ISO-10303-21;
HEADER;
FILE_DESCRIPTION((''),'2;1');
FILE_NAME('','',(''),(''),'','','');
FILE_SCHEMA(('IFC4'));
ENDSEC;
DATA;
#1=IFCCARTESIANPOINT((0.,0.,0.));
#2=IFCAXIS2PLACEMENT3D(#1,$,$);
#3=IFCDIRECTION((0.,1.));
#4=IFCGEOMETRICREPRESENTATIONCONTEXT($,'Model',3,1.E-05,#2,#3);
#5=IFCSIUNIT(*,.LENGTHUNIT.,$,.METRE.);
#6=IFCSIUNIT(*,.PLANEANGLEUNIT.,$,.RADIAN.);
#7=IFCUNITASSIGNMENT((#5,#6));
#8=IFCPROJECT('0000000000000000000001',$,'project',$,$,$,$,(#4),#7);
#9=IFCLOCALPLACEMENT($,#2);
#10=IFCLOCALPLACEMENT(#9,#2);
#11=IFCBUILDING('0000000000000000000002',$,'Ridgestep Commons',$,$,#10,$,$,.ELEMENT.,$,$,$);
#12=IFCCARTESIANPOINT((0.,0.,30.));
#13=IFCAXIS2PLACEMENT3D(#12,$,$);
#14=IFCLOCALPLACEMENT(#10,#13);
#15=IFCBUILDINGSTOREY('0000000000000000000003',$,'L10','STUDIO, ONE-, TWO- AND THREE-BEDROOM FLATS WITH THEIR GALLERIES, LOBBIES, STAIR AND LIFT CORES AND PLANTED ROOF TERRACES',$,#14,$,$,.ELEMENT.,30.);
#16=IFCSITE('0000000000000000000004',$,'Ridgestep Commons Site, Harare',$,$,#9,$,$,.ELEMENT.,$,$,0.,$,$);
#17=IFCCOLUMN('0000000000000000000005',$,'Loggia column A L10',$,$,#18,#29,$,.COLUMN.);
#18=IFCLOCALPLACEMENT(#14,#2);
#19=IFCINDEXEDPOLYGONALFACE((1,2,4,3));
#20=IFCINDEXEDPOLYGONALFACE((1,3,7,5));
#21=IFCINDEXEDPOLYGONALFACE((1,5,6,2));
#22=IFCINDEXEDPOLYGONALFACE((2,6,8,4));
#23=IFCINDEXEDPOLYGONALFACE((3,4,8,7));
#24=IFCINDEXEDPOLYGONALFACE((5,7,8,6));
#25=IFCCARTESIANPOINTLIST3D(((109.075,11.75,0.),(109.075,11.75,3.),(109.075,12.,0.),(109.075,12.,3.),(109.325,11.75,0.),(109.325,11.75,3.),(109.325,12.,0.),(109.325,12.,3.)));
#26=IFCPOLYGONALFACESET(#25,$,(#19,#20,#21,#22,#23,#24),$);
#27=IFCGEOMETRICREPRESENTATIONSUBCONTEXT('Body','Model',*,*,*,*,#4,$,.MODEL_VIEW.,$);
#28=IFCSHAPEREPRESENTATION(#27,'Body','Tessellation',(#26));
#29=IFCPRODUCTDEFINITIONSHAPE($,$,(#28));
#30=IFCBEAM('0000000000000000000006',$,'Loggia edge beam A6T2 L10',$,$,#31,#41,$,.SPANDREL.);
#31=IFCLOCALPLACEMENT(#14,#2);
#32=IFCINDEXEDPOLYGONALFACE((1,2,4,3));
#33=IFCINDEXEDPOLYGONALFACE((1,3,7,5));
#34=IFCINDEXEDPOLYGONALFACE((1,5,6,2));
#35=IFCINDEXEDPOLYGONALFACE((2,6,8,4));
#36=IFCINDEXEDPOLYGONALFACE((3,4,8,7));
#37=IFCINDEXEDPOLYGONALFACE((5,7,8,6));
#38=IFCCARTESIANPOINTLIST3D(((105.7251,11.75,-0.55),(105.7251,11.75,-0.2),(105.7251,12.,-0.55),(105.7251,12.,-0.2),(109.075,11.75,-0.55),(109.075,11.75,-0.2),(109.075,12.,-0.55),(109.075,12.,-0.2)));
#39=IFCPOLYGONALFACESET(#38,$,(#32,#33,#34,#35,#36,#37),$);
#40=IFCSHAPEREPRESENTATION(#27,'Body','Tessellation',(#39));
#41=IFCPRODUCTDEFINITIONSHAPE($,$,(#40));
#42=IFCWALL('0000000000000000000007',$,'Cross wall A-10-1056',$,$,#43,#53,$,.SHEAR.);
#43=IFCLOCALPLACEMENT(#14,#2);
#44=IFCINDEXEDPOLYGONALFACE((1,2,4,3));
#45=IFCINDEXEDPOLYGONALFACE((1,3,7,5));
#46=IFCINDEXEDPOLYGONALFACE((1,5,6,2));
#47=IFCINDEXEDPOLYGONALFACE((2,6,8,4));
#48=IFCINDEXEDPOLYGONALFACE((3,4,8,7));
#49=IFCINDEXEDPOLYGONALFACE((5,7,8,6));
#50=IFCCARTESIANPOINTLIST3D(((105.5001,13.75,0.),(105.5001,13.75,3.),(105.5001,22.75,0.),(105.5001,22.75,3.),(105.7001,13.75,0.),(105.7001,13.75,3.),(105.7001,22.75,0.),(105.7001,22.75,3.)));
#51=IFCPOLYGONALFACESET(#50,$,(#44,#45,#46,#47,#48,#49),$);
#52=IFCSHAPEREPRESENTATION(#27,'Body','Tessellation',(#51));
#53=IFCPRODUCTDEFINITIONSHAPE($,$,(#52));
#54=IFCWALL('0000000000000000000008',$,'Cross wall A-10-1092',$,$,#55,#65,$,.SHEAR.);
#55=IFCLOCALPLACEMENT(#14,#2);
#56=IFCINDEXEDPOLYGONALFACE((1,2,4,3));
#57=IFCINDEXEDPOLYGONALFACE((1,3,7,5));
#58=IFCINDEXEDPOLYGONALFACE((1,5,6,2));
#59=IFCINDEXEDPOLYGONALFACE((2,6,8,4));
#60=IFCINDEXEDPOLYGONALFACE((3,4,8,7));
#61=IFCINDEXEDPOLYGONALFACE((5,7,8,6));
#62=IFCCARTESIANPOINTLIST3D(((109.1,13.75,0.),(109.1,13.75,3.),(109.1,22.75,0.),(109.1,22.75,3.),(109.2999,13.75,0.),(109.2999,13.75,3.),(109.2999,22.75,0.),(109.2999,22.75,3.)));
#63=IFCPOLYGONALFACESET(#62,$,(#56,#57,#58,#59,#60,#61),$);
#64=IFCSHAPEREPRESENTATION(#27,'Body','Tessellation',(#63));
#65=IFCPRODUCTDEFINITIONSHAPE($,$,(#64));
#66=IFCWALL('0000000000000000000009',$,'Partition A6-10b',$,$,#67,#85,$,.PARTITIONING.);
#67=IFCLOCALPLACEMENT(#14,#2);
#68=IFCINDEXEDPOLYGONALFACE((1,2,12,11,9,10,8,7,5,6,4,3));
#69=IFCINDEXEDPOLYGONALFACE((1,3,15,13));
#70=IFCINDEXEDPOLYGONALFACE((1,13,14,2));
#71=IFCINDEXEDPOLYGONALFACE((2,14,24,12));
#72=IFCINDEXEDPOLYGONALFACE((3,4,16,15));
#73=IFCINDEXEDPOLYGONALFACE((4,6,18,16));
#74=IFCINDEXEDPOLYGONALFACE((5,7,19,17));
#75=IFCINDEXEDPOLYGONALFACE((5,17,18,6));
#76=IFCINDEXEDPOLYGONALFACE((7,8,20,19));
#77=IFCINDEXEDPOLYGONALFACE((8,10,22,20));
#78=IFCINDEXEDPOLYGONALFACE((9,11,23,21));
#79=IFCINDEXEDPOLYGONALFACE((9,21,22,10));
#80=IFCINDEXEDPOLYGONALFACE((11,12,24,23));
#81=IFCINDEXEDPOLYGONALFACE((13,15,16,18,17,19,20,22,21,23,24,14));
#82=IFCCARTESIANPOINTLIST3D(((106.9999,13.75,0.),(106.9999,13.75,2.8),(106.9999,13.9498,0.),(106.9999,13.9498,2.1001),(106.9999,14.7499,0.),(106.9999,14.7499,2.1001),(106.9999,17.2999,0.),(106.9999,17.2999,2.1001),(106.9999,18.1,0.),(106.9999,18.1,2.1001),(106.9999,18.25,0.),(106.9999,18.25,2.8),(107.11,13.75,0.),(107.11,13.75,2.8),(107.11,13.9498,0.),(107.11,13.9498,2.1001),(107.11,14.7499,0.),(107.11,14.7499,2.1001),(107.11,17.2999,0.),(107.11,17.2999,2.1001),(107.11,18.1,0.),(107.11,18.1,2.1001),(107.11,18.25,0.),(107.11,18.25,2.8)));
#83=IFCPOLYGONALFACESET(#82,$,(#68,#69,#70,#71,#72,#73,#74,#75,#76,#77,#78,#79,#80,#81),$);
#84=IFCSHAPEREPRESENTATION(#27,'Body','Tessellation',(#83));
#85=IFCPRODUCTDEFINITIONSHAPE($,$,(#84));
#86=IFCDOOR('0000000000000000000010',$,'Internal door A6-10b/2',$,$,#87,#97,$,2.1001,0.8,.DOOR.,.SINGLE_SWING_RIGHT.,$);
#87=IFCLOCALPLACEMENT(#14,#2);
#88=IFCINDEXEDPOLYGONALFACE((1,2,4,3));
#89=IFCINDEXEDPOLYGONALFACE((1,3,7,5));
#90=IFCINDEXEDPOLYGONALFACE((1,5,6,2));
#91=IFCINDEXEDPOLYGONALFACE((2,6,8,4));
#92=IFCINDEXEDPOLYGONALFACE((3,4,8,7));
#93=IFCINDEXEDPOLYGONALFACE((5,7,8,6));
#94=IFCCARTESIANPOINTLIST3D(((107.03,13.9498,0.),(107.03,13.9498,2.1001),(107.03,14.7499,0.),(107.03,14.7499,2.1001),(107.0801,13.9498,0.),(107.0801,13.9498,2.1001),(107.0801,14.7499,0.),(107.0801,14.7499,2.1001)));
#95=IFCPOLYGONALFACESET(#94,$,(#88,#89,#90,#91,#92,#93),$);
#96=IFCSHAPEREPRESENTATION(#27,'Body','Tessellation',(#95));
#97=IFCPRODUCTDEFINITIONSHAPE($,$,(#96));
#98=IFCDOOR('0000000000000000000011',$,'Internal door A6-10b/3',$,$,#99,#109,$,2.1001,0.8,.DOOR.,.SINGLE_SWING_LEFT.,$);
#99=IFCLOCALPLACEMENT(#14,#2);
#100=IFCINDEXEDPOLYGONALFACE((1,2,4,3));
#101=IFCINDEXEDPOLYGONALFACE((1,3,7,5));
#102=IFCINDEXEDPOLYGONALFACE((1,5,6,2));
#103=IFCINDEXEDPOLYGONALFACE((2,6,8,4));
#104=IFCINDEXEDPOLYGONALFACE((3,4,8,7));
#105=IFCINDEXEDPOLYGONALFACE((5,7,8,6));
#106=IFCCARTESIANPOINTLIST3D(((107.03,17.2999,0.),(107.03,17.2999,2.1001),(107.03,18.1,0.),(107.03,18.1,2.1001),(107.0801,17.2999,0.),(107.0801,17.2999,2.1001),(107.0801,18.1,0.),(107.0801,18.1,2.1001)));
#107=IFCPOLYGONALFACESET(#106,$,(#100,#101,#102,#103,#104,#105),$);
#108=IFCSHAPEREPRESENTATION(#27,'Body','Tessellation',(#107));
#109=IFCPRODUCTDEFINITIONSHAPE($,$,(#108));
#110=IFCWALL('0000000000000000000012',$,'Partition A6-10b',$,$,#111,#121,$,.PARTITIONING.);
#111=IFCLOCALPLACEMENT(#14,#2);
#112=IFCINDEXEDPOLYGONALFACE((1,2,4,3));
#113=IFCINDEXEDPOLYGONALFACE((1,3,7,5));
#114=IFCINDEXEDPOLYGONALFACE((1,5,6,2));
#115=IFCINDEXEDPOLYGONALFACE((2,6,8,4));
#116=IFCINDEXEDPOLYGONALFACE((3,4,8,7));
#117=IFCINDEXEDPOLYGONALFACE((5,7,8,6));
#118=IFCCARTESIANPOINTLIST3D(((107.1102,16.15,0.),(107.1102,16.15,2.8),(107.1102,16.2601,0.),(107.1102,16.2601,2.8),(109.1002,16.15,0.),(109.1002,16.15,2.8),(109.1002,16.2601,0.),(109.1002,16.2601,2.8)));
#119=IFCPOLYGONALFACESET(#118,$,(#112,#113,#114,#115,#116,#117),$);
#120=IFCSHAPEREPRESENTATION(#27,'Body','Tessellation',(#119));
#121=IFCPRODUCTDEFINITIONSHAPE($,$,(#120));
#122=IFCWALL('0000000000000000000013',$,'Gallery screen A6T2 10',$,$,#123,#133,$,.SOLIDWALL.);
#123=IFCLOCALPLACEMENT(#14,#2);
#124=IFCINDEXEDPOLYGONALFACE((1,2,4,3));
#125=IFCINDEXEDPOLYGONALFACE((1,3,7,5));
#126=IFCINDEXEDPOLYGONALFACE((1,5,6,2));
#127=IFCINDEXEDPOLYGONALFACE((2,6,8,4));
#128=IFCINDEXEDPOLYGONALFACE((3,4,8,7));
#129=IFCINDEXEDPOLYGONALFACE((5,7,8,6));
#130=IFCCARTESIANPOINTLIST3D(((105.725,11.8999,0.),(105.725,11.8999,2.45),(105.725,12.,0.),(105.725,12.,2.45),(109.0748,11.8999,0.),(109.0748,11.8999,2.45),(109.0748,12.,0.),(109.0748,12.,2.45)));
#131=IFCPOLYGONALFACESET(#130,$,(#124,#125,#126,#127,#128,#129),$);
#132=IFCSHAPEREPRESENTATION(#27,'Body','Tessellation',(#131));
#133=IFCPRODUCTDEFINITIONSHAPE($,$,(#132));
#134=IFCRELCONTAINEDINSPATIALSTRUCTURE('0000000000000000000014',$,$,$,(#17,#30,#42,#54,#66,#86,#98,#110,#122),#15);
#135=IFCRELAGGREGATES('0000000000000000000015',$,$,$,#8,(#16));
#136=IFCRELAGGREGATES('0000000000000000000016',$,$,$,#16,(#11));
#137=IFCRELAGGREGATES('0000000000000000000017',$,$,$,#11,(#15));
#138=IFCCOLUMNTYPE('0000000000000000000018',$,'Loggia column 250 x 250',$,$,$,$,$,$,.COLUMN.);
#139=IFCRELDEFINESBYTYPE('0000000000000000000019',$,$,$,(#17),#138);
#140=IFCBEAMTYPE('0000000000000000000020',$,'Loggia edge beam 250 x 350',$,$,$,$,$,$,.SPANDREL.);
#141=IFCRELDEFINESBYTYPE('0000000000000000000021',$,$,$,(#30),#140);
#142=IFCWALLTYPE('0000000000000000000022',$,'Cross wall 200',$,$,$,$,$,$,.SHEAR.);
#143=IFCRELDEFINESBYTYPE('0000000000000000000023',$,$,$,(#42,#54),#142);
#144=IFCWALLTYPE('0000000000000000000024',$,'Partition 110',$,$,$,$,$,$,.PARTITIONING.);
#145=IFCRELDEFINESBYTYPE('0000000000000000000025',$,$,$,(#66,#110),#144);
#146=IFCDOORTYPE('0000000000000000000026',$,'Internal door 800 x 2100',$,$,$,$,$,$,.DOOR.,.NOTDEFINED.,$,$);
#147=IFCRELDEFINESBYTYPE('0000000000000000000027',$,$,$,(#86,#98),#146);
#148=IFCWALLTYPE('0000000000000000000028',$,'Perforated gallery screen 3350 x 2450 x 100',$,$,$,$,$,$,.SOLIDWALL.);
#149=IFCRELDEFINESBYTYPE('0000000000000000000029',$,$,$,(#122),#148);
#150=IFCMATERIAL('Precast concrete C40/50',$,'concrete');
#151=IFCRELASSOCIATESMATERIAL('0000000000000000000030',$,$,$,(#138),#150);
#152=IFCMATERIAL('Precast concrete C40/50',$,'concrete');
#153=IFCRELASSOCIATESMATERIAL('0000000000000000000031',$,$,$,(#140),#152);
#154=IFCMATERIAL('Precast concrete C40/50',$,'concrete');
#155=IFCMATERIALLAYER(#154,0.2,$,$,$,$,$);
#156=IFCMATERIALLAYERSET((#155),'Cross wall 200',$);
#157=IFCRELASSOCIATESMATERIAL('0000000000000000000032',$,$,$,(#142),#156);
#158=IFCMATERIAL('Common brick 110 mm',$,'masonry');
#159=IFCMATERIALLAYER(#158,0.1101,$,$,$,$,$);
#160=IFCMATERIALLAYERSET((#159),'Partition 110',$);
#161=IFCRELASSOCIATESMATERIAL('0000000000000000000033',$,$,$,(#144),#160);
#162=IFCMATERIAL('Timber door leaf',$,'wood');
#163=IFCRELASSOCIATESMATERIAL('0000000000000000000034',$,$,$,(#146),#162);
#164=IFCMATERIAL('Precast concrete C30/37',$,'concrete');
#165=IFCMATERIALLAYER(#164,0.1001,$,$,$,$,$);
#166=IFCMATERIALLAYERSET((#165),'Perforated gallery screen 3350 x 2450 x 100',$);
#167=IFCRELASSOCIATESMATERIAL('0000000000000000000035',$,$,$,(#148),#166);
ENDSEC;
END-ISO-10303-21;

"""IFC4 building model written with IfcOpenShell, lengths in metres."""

from ifc_helpers import new_model, si_unit, direction, frame, frame_2d, origin, origin_2d, place, context, subcontext, project, spatial, rectangle, extrude, material, layer, layer_set, material_profile, profile_set, type_object, element, fill, save


model = new_model("IFC4")

# Units and contexts
model_context = context("Model", 3, precision=1e-05, world=origin(), true_north=direction((0.0, 1.0)))
body_context = subcontext(model_context, "Body", "Model", "MODEL_VIEW")
ifc_project = project(units=[si_unit("LENGTHUNIT", "METRE"), si_unit("PLANEANGLEUNIT", "RADIAN")], contexts=[model_context])

# Site, building, storey
site_placement = place(None, origin())
site = spatial("IfcSite", under=ifc_project, at=site_placement, Name="Ridgestep Commons Site, Harare", CompositionType="ELEMENT", RefElevation=0.0)
building_placement = place(site_placement, origin())
building = spatial("IfcBuilding", under=site, at=building_placement, Name="Ridgestep Commons", CompositionType="ELEMENT")
storey_placement = place(building_placement, frame((0.0, 0.0, 30.0)))
storey = spatial("IfcBuildingStorey", under=building, at=storey_placement, Name="L10", Description="STUDIO, ONE-, TWO- AND THREE-BEDROOM FLATS WITH THEIR GALLERIES, LOBBIES, STAIR AND LIFT CORES AND PLANTED ROOF TERRACES", CompositionType="ELEMENT", Elevation=30.0)

# Column
ifc_material_1 = material(Name="Precast concrete C40/50", Category="concrete")
ifc_material_profile_1 = material_profile(ifc_material_1, rectangle(XDim=0.25, YDim=0.25, at=origin_2d()), Name="PC 250x250")
ifc_profile_set_1 = profile_set([ifc_material_profile_1], Name="Precast concrete C40/50")
column_type = type_object("IfcColumnType", Name="Loggia column 250 x 250", PredefinedType="COLUMN", material=ifc_profile_set_1)
column_placement = place(storey_placement, frame((109.2, 11.875, 0.0), z_axis=(0.0, 0.0, 1.0), x_axis=(1.0, 0.0, 0.0)))
element("IfcColumn", 1, at=column_placement, inside=storey, type_object=column_type, Name="Loggia column A L10", PredefinedType="COLUMN", context=body_context, shape_type="SweptSolid", body=[
    extrude(rectangle(XDim=0.25, YDim=0.25, at=origin_2d()), origin(), (0.0, 0.0, 1.0), 3.0),
])

# Beam
ifc_material_2 = material(Name="Precast concrete C40/50", Category="concrete")
ifc_material_profile_2 = material_profile(ifc_material_2, rectangle(XDim=0.25, YDim=0.3501, at=origin_2d()), Name="PC 250x350")
ifc_profile_set_2 = profile_set([ifc_material_profile_2], Name="Precast concrete C40/50")
beam_type = type_object("IfcBeamType", Name="Loggia edge beam 250 x 350", PredefinedType="SPANDREL", material=ifc_profile_set_2)
beam_placement = place(storey_placement, frame((105.7251, 11.875, -0.375), z_axis=(1.0, 0.0, 0.0), x_axis=(0.0, 1.0, 0.0)))
element("IfcBeam", 2, at=beam_placement, inside=storey, type_object=beam_type, Name="Loggia edge beam A6T2 L10", PredefinedType="SPANDREL", context=body_context, shape_type="SweptSolid", body=[
    extrude(rectangle(XDim=0.25, YDim=0.3501, at=origin_2d()), origin(), (0.0, 0.0, 1.0), 3.3499),
])

# Walls
ifc_material_3 = material(Name="Precast concrete C40/50", Category="concrete")
ifc_layer_1 = layer(ifc_material_3, 0.2)
ifc_layer_set_1 = layer_set([ifc_layer_1], Name="Cross wall 200")
wall_type_1 = type_object("IfcWallType", Name="Cross wall 200", PredefinedType="SHEAR", material=ifc_layer_set_1)
for number, where, z_axis, x_axis, name in (
    (3, (105.6001, 13.75, 0.0), (0.0, 0.0, 1.0), (0.0, 1.0, 0.0), "Cross wall A-10-1056"),
    (4, (109.2, 13.75, 0.0), (0.0, 0.0, 1.0), (0.0, 1.0, 0.0), "Cross wall A-10-1092"),
):
    element("IfcWall", number, at=place(storey_placement, frame(where, z_axis=z_axis, x_axis=x_axis)), inside=storey, type_object=wall_type_1, Name=name, PredefinedType="SHEAR", context=body_context, shape_type="SweptSolid", body=[
        extrude(rectangle(XDim=9.0, YDim=0.2, at=frame_2d((4.5, 0.0))), origin(), (0.0, 0.0, 1.0), 3.0),
    ])

# Wall, openings, doors
ifc_material_4 = material(Name="Common brick 110 mm", Category="masonry")
ifc_layer_2 = layer(ifc_material_4, 0.1101)
ifc_layer_set_2 = layer_set([ifc_layer_2], Name="Partition 110")
wall_type_2 = type_object("IfcWallType", Name="Partition 110", PredefinedType="PARTITIONING", material=ifc_layer_set_2)
wall_1_placement = place(storey_placement, frame((107.0549, 13.75, 0.0), z_axis=(0.0, 0.0, 1.0), x_axis=(0.0, 1.0, 0.0)))
wall_1 = element("IfcWall", 5, at=wall_1_placement, inside=storey, type_object=wall_type_2, Name="Partition A6-10b", PredefinedType="PARTITIONING", context=body_context, shape_type="SweptSolid", body=[
    extrude(rectangle(XDim=4.5, YDim=0.1101, at=frame_2d((2.25, 0.0))), origin(), (0.0, 0.0, 1.0), 2.8),
])
opening_1_placement = place(wall_1_placement, frame((0.2, 0.0, 0.0)))
opening_1 = element("IfcOpeningElement", 6, at=opening_1_placement, cuts=wall_1, PredefinedType="OPENING", context=body_context, shape_type="SweptSolid", body=[
    extrude(rectangle(XDim=0.8, YDim=2.1001, at=frame_2d((0.3999, 1.05))), frame((0.0, 0.0649, 0.0), z_axis=(0.0, -1.0, 0.0), x_axis=(1.0, 0.0, 0.0)), (0.0, 0.0, 1.0), 0.1301),
])
opening_2_placement = place(wall_1_placement, frame((3.55, 0.0, 0.0)))
opening_2 = element("IfcOpeningElement", 7, at=opening_2_placement, cuts=wall_1, PredefinedType="OPENING", context=body_context, shape_type="SweptSolid", body=[
    extrude(rectangle(XDim=0.8, YDim=2.1001, at=frame_2d((0.3999, 1.05))), frame((0.0, 0.0649, 0.0), z_axis=(0.0, -1.0, 0.0), x_axis=(1.0, 0.0, 0.0)), (0.0, 0.0, 1.0), 0.1301),
])
ifc_material_5 = material(Name="Timber door leaf", Category="wood")
door_type_1 = type_object("IfcDoorType", Name="Internal door 800 x 2100", OperationType="NOTDEFINED", PredefinedType="DOOR", material=ifc_material_5)
door_1_placement = place(opening_1_placement, origin())
door_1 = element("IfcDoor", 8, at=door_1_placement, inside=storey, type_object=door_type_1, Name="Internal door A6-10b/2", OperationType="SINGLE_SWING_RIGHT", OverallHeight=2.1001, OverallWidth=0.8, PredefinedType="DOOR", context=body_context, shape_type="SweptSolid", body=[
    extrude(rectangle(XDim=0.8, YDim=2.1001, at=frame_2d((0.3999, 1.05))), frame((0.0, 0.0249, 0.0), z_axis=(0.0, -1.0, 0.0), x_axis=(1.0, 0.0, 0.0)), (0.0, 0.0, 1.0), 0.05),
])
fill(opening_1, door_1)
door_2_placement = place(opening_2_placement, origin())
door_2 = element("IfcDoor", 9, at=door_2_placement, inside=storey, type_object=door_type_1, Name="Internal door A6-10b/3", OperationType="SINGLE_SWING_LEFT", OverallHeight=2.1001, OverallWidth=0.8, PredefinedType="DOOR", context=body_context, shape_type="SweptSolid", body=[
    extrude(rectangle(XDim=0.8, YDim=2.1001, at=frame_2d((0.3999, 1.05))), frame((0.0, 0.0249, 0.0), z_axis=(0.0, -1.0, 0.0), x_axis=(1.0, 0.0, 0.0)), (0.0, 0.0, 1.0), 0.05),
])
fill(opening_2, door_2)

# Walls
wall_2_placement = place(storey_placement, frame((107.1101, 16.2051, 0.0), z_axis=(0.0, 0.0, 1.0), x_axis=(1.0, 0.0, 0.0)))
element("IfcWall", 10, at=wall_2_placement, inside=storey, type_object=wall_type_2, Name="Partition A6-10b", PredefinedType="PARTITIONING", context=body_context, shape_type="SweptSolid", body=[
    extrude(rectangle(XDim=1.99, YDim=0.1101, at=frame_2d((0.9951, 0.0))), origin(), (0.0, 0.0, 1.0), 2.8),
])
ifc_material_6 = material(Name="Precast concrete C30/37", Category="concrete")
ifc_layer_3 = layer(ifc_material_6, 0.1001)
ifc_layer_set_3 = layer_set([ifc_layer_3], Name="Perforated gallery screen 3350 x 2450 x 100")
wall_type_3 = type_object("IfcWallType", Name="Perforated gallery screen 3350 x 2450 x 100", PredefinedType="SOLIDWALL", material=ifc_layer_set_3)
wall_3_placement = place(storey_placement, frame((105.7251, 11.95, 0.0), z_axis=(0.0, 0.0, 1.0), x_axis=(1.0, 0.0, 0.0)))
element("IfcWall", 11, at=wall_3_placement, inside=storey, type_object=wall_type_3, Name="Gallery screen A6T2 10", PredefinedType="SOLIDWALL", context=body_context, shape_type="SweptSolid", body=[
    extrude(rectangle(XDim=3.3499, YDim=0.1001, at=frame_2d((1.6748, 0.0))), origin(), (0.0, 0.0, 1.0), 2.45),
])

save(model, "model.ifc")
